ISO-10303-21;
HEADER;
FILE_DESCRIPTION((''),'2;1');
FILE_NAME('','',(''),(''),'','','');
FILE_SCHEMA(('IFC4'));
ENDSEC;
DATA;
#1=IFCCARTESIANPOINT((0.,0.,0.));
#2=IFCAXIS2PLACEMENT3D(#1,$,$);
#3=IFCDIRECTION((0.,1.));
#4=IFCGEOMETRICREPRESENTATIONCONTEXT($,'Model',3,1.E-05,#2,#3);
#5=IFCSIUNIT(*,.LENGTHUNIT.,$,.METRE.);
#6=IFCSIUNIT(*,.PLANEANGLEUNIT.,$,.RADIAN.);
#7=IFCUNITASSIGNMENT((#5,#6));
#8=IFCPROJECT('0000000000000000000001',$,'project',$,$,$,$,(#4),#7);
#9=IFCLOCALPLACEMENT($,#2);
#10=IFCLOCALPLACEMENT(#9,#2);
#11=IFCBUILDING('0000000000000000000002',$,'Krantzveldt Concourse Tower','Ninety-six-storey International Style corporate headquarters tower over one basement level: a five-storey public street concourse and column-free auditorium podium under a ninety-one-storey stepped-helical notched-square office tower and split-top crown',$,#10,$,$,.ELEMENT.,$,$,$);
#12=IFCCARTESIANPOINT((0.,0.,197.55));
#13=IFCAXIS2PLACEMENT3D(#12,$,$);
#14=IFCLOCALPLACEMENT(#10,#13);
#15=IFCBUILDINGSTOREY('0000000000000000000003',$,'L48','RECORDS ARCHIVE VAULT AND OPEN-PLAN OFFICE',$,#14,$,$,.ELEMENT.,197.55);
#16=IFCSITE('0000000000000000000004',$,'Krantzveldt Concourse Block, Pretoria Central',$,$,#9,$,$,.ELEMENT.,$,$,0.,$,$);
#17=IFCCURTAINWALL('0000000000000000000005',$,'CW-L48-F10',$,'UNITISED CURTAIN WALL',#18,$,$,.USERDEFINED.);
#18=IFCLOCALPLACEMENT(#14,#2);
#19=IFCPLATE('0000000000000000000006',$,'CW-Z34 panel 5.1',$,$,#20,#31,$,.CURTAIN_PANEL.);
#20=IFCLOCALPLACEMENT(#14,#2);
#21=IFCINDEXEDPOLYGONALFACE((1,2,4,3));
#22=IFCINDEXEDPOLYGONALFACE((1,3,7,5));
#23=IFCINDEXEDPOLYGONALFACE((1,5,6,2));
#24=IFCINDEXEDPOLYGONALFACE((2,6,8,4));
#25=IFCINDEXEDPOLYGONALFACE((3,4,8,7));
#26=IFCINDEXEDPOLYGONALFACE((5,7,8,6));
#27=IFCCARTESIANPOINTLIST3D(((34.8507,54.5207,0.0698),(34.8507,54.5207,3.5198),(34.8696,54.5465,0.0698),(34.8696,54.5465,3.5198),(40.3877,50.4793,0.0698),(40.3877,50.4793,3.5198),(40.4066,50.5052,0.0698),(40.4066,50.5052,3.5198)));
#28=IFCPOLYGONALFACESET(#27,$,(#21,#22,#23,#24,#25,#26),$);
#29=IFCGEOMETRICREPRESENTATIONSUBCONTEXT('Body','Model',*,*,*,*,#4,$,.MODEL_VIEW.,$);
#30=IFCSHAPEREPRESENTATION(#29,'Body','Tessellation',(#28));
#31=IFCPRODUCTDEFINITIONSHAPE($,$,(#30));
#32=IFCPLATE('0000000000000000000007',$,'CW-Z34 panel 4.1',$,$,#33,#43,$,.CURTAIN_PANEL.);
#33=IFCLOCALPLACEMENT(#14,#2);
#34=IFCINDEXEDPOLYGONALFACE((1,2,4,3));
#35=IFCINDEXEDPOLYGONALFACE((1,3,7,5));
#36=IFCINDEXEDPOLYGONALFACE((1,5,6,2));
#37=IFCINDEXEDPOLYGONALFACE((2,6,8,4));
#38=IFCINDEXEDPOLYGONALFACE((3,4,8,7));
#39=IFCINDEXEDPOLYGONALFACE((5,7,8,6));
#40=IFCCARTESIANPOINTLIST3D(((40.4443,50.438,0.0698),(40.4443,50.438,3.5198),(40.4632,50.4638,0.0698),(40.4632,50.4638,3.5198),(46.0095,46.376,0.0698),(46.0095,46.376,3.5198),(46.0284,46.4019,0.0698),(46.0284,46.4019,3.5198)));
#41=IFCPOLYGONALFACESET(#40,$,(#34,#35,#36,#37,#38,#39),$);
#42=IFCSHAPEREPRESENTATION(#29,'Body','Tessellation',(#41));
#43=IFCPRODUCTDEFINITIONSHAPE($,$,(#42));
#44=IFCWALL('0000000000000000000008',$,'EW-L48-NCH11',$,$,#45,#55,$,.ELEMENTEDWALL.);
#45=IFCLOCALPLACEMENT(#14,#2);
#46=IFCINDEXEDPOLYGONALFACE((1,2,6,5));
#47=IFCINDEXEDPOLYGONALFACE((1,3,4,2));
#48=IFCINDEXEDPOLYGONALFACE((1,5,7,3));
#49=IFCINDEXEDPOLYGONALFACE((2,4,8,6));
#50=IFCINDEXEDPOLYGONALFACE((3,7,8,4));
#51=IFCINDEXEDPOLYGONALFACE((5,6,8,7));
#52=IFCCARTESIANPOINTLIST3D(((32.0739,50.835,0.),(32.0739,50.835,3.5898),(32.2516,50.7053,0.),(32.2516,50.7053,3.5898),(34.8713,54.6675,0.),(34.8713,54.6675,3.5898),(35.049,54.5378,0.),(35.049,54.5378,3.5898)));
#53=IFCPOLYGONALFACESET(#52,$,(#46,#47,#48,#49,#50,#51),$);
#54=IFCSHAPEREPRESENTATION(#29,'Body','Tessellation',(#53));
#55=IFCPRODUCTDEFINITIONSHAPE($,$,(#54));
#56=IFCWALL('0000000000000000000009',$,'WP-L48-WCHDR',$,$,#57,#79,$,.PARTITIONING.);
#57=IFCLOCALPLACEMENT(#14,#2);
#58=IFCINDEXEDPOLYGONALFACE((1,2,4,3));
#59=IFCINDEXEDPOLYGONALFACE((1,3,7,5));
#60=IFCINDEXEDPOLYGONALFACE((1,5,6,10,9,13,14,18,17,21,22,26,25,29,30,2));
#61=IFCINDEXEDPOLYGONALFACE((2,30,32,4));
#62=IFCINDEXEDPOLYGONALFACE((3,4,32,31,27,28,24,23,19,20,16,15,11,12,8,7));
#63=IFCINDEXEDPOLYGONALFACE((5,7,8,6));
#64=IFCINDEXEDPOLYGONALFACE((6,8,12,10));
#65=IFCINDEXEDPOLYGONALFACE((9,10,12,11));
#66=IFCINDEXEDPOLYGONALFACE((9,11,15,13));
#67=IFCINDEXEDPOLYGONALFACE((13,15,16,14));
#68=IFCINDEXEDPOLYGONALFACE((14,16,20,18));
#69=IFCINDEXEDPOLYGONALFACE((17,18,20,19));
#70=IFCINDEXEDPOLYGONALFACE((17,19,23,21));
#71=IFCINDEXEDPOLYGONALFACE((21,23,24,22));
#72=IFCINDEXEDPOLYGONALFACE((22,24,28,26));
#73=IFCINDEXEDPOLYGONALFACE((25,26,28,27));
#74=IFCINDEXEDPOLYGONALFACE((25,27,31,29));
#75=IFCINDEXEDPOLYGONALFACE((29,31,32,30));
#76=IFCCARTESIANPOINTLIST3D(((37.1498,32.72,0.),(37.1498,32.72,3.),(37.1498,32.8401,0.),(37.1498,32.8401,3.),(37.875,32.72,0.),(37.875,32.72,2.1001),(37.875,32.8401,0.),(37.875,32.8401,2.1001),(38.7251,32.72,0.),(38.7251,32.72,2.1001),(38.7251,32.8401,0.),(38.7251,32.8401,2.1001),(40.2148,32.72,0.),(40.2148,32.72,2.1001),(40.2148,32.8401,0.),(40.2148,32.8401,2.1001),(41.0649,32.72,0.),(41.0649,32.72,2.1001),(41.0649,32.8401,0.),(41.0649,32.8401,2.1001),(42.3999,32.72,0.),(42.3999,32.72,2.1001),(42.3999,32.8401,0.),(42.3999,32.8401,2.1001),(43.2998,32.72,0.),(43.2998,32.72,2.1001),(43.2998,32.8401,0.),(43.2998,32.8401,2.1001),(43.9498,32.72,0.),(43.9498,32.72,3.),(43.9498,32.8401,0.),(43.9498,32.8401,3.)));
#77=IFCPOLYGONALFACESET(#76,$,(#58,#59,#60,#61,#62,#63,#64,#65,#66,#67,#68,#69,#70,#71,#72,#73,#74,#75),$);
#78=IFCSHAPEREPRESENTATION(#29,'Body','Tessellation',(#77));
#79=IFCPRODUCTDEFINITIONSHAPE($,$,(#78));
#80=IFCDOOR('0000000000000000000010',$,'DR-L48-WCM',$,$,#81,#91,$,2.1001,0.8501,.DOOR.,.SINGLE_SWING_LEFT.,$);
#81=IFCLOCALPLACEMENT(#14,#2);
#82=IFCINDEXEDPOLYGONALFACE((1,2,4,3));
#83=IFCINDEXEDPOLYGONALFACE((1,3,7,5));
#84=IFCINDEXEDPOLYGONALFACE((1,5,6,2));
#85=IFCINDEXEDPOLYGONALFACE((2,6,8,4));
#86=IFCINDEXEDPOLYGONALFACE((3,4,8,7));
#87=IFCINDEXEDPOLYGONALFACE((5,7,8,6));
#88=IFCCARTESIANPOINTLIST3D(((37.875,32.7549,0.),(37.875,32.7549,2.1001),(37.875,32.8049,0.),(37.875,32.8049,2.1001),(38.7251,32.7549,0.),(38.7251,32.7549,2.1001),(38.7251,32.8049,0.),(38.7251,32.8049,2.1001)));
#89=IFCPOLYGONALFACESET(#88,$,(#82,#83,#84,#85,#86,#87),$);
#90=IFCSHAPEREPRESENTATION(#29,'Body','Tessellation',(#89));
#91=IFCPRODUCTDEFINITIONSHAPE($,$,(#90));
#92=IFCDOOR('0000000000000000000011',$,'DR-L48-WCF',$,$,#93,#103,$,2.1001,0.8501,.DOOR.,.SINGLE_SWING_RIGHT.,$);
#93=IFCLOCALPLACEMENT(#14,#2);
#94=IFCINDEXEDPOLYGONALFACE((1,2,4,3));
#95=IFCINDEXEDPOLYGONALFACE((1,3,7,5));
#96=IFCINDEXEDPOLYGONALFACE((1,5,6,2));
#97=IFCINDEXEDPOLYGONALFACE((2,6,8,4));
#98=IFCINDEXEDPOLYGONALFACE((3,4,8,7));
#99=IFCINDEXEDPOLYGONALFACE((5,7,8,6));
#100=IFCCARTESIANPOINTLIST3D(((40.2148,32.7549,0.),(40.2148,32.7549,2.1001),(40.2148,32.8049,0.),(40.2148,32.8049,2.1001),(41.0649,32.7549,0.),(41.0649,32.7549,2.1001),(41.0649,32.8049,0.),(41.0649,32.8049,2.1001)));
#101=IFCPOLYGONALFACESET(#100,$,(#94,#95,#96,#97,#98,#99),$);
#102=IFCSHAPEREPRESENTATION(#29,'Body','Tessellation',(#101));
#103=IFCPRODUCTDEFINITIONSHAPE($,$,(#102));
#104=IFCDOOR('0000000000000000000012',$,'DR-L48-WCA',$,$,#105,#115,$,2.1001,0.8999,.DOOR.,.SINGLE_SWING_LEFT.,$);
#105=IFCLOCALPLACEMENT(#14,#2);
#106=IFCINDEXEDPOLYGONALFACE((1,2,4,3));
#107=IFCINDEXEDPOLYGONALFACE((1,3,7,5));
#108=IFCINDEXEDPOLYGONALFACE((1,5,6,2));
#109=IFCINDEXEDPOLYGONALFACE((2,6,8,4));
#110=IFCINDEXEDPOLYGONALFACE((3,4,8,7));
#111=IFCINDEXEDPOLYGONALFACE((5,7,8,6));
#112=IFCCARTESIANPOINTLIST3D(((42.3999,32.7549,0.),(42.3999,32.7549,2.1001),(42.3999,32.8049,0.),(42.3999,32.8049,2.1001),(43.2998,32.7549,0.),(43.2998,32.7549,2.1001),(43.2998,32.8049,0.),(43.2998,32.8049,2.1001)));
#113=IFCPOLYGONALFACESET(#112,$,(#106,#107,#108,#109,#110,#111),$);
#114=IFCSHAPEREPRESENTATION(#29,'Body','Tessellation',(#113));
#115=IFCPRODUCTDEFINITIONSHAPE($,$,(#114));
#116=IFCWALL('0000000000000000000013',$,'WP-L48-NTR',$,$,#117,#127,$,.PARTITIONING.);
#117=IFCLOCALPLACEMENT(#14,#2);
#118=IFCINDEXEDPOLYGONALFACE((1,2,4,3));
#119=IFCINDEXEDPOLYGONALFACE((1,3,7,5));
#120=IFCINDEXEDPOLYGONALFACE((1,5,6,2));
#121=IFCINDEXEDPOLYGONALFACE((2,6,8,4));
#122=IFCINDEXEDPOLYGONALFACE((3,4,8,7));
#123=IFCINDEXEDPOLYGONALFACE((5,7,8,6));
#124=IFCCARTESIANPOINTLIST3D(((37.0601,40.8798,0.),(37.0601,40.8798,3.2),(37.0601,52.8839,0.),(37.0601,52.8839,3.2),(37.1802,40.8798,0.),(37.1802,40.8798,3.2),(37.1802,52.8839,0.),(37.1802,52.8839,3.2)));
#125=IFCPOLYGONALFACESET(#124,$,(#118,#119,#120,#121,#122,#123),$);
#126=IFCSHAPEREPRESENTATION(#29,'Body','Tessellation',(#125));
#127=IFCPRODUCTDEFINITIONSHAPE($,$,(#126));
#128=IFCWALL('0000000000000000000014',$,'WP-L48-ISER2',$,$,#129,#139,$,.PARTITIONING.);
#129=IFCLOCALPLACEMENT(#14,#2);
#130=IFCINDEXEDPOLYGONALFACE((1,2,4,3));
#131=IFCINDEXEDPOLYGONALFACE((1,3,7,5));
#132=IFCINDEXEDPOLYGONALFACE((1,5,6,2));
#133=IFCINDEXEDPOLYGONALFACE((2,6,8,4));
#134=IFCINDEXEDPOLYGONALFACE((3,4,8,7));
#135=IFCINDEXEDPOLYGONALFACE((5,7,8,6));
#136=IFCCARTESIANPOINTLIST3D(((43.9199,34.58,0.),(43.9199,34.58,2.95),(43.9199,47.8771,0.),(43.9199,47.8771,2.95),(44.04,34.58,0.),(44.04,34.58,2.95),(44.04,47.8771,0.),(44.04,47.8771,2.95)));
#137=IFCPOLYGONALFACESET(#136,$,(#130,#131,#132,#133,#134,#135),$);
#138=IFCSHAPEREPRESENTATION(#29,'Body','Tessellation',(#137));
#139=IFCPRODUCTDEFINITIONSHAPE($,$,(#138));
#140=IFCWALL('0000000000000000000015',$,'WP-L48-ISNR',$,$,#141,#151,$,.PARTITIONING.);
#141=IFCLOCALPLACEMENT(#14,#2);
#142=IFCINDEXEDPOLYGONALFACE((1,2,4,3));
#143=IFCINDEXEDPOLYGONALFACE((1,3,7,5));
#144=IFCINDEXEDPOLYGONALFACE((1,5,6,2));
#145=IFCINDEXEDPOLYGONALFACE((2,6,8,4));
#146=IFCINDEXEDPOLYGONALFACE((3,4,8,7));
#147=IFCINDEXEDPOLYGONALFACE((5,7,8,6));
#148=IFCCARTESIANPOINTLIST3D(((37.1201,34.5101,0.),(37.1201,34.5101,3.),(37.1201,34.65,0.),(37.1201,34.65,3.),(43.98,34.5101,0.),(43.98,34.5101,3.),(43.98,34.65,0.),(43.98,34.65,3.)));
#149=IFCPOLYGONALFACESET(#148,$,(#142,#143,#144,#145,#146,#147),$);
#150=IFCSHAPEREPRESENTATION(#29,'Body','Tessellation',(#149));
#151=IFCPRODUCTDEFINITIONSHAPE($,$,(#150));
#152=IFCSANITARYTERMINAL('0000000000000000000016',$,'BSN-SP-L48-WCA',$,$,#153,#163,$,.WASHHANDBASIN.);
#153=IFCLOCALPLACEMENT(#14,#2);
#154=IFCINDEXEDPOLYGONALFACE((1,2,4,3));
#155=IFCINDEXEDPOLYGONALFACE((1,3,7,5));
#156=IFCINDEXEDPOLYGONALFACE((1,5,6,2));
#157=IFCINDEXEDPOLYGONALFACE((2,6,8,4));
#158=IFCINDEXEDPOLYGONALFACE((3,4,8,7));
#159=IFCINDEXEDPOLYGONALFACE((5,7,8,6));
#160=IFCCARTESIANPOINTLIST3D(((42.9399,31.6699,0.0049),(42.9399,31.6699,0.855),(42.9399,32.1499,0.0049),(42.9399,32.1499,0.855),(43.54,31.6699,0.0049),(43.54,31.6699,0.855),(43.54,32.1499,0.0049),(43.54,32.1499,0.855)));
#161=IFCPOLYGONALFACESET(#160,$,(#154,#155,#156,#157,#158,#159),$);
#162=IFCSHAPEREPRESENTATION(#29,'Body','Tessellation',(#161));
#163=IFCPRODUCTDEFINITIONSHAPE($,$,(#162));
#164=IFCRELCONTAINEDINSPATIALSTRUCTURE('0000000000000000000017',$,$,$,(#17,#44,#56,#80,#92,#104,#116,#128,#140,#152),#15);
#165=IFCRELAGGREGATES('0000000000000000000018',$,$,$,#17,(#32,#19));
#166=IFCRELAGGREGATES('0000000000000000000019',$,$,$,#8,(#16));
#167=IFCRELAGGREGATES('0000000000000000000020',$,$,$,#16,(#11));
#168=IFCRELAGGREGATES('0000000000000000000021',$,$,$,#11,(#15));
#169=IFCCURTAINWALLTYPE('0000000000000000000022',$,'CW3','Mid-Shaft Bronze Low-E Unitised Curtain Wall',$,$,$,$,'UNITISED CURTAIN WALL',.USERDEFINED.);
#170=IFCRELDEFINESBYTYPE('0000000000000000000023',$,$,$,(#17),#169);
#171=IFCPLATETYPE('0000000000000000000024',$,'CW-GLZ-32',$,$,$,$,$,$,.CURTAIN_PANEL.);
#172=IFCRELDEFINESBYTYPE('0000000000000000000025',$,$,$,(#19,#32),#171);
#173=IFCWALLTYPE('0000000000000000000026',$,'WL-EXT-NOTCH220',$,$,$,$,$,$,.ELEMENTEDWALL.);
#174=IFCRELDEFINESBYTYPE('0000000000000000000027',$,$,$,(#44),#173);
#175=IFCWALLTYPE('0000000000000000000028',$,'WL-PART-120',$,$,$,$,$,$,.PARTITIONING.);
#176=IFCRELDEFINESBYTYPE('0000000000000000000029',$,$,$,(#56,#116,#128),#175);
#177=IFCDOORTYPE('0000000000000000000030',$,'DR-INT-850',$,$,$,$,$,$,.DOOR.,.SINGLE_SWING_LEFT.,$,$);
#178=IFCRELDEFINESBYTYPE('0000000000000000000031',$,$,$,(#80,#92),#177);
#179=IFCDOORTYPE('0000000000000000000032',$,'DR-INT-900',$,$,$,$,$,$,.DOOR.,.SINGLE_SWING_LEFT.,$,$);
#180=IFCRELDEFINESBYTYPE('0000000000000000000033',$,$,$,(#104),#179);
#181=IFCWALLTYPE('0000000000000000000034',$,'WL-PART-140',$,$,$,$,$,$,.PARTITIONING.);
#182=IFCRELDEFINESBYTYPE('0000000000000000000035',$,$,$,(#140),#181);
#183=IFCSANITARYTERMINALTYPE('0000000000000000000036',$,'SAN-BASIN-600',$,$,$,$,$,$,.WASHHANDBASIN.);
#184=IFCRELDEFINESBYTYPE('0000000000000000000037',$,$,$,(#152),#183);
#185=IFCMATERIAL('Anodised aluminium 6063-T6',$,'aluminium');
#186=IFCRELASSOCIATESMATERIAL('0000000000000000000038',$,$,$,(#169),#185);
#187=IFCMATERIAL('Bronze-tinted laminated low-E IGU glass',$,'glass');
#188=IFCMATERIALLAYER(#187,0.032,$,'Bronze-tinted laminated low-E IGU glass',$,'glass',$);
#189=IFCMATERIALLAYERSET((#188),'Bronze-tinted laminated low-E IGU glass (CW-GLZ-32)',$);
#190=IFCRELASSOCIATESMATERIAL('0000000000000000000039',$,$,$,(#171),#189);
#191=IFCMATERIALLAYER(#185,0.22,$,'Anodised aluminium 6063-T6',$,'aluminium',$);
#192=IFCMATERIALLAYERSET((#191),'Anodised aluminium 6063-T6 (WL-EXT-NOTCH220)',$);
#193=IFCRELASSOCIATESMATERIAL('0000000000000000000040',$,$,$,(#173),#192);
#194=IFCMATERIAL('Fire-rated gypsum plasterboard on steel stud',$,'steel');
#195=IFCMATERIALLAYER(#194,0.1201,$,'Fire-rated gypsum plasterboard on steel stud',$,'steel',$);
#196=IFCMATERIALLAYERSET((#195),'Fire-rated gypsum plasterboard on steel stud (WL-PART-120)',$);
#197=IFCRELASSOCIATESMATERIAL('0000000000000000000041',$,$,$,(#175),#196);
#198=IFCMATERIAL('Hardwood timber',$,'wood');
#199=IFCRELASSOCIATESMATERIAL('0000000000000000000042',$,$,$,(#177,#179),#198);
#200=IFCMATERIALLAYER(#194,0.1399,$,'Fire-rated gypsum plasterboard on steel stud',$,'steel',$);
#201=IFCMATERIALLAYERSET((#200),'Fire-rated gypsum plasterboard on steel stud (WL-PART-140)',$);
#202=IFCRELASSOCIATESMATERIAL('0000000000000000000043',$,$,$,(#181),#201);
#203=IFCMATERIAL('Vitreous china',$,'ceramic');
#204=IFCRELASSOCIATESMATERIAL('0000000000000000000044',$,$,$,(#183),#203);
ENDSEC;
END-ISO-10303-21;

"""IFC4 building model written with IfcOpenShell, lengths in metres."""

from ifc_helpers import new_model, si_unit, direction, frame, frame_2d, origin, origin_2d, place, context, subcontext, project, spatial, rectangle, extrude, source, transform, mapped, material, layer, layer_set, type_object, type_shapes, element, fill, aggregate, save


model = new_model("IFC4")

# Units and contexts
model_context = context("Model", 3, precision=1e-05, world=origin(), true_north=direction((0.0, 1.0)))
body_context = subcontext(model_context, "Body", "Model", "MODEL_VIEW")
ifc_project = project(units=[si_unit("LENGTHUNIT", "METRE"), si_unit("PLANEANGLEUNIT", "RADIAN")], contexts=[model_context])

# Site, building, storey
site_placement = place(None, origin())
site = spatial("IfcSite", under=ifc_project, at=site_placement, Name="Krantzveldt Concourse Block, Pretoria Central", CompositionType="ELEMENT", RefElevation=0.0)
building_placement = place(site_placement, origin())
building = spatial("IfcBuilding", under=site, at=building_placement, Name="Krantzveldt Concourse Tower", Description="Ninety-six-storey International Style corporate headquarters tower over one basement level: a five-storey public street concourse and column-free auditorium podium under a ninety-one-storey stepped-helical notched-square office tower and split-top crown", CompositionType="ELEMENT")
storey_placement = place(building_placement, frame((0.0, 0.0, 197.55)))
storey = spatial("IfcBuildingStorey", under=building, at=storey_placement, Name="L48", Description="RECORDS ARCHIVE VAULT AND OPEN-PLAN OFFICE", CompositionType="ELEMENT", Elevation=197.55)

# Curtain wall, plates
ifc_material_1 = material(Name="Anodised aluminium 6063-T6", Category="aluminium")
curtain_wall_type = type_object("IfcCurtainWallType", Name="CW3", Description="Mid-Shaft Bronze Low-E Unitised Curtain Wall", ElementType="UNITISED CURTAIN WALL", PredefinedType="USERDEFINED", material=ifc_material_1)
curtain_wall_placement = place(storey_placement, origin())
curtain_wall = element("IfcCurtainWall", 1, at=curtain_wall_placement, inside=storey, type_object=curtain_wall_type, Name="CW-L48-F10", ObjectType="UNITISED CURTAIN WALL", PredefinedType="USERDEFINED")
ifc_material_2 = material(Name="Bronze-tinted laminated low-E IGU glass", Category="glass")
ifc_layer_1 = layer(ifc_material_2, 0.032, Name="Bronze-tinted laminated low-E IGU glass", Category="glass")
ifc_layer_set_1 = layer_set([ifc_layer_1], Name="Bronze-tinted laminated low-E IGU glass (CW-GLZ-32)")
plate_type = type_object("IfcPlateType", Name="CW-GLZ-32", PredefinedType="CURTAIN_PANEL", material=ifc_layer_set_1)
shared_shape_1 = source(origin(), body_context, "Body", "SweptSolid", [
    extrude(rectangle(XDim=6.855, YDim=0.032, at=origin_2d()), origin(), (0.0, 0.0, 1.0), 3.45),
])
plate_1_placement = place(storey_placement, frame((37.6287, 52.5129, 0.0698), z_axis=(0.0, 0.0, 1.0), x_axis=(-0.807733, 0.589549, 0.0)))
plate_1 = element("IfcPlate", 2, at=plate_1_placement, type_object=plate_type, Name="CW-Z34 panel 5.1", PredefinedType="CURTAIN_PANEL", context=body_context, shape_type="MappedRepresentation", body=[
    mapped(shared_shape_1, transform((0.0, 0.0, 0.0), x_axis=(1.0, 0.0, 0.0), y_axis=(0.0, 1.0, 0.0), z_axis=(0.0, 0.0, 1.0), scale=1.0)),
])
shared_shape_2 = source(origin(), body_context, "Body", "SweptSolid", [
    extrude(rectangle(XDim=6.8899, YDim=0.032, at=origin_2d()), origin(), (0.0, 0.0, 1.0), 3.45),
])
type_shapes(plate_type, [shared_shape_1, shared_shape_2])
plate_2_placement = place(storey_placement, frame((43.2363, 48.4199, 0.0698), z_axis=(0.0, 0.0, 1.0), x_axis=(-0.807733, 0.589549, 0.0)))
plate_2 = element("IfcPlate", 3, at=plate_2_placement, type_object=plate_type, Name="CW-Z34 panel 4.1", PredefinedType="CURTAIN_PANEL", context=body_context, shape_type="MappedRepresentation", body=[
    mapped(shared_shape_2, transform((0.0, 0.0, 0.0), x_axis=(1.0, 0.0, 0.0), y_axis=(0.0, 1.0, 0.0), z_axis=(0.0, 0.0, 1.0), scale=1.0)),
])
aggregate(curtain_wall, [plate_2, plate_1])

# Wall
ifc_layer_2 = layer(ifc_material_1, 0.22, Name="Anodised aluminium 6063-T6", Category="aluminium")
ifc_layer_set_2 = layer_set([ifc_layer_2], Name="Anodised aluminium 6063-T6 (WL-EXT-NOTCH220)")
wall_type_1 = type_object("IfcWallType", Name="WL-EXT-NOTCH220", PredefinedType="ELEMENTEDWALL", material=ifc_layer_set_2)
wall_1_placement = place(storey_placement, frame((34.9602, 54.6028, 0.0), z_axis=(0.0, 0.0, 1.0), x_axis=(-0.58956, -0.807725, 0.0)))
element("IfcWall", 4, at=wall_1_placement, inside=storey, type_object=wall_type_1, Name="EW-L48-NCH11", PredefinedType="ELEMENTEDWALL", context=body_context, shape_type="SweptSolid", body=[
    extrude(rectangle(XDim=4.7449, YDim=0.22, at=frame_2d((2.3726, 0.0))), origin(), (0.0, 0.0, 1.0), 3.5898),
])

# Wall, openings, doors
ifc_material_3 = material(Name="Fire-rated gypsum plasterboard on steel stud", Category="steel")
ifc_layer_3 = layer(ifc_material_3, 0.1201, Name="Fire-rated gypsum plasterboard on steel stud", Category="steel")
ifc_layer_set_3 = layer_set([ifc_layer_3], Name="Fire-rated gypsum plasterboard on steel stud (WL-PART-120)")
wall_type_2 = type_object("IfcWallType", Name="WL-PART-120", PredefinedType="PARTITIONING", material=ifc_layer_set_3)
wall_2_placement = place(storey_placement, frame((37.1499, 32.78, 0.0), z_axis=(0.0, 0.0, 1.0), x_axis=(1.0, 0.0, 0.0)))
wall_2 = element("IfcWall", 5, at=wall_2_placement, inside=storey, type_object=wall_type_2, Name="WP-L48-WCHDR", PredefinedType="PARTITIONING", context=body_context, shape_type="SweptSolid", body=[
    extrude(rectangle(XDim=6.8, YDim=0.1201, at=frame_2d((3.3999, 0.0))), origin(), (0.0, 0.0, 1.0), 3.0),
])
opening_1_placement = place(wall_2_placement, frame((0.7251, 0.0, 0.0)))
opening_1 = element("IfcOpeningElement", 6, at=opening_1_placement, cuts=wall_2, PredefinedType="OPENING", context=body_context, shape_type="SweptSolid", body=[
    extrude(rectangle(XDim=0.8501, YDim=2.1001, at=frame_2d((0.425, 1.05))), frame((0.0, 0.0701, 0.0), z_axis=(0.0, -1.0, 0.0), x_axis=(1.0, 0.0, 0.0)), (0.0, 0.0, 1.0), 0.1401),
])
opening_2_placement = place(wall_2_placement, frame((3.0649, 0.0, 0.0)))
opening_2 = element("IfcOpeningElement", 7, at=opening_2_placement, cuts=wall_2, PredefinedType="OPENING", context=body_context, shape_type="SweptSolid", body=[
    extrude(rectangle(XDim=0.8501, YDim=2.1001, at=frame_2d((0.425, 1.05))), frame((0.0, 0.0701, 0.0), z_axis=(0.0, -1.0, 0.0), x_axis=(1.0, 0.0, 0.0)), (0.0, 0.0, 1.0), 0.1401),
])
opening_3_placement = place(wall_2_placement, frame((5.25, 0.0, 0.0)))
opening_3 = element("IfcOpeningElement", 8, at=opening_3_placement, cuts=wall_2, PredefinedType="OPENING", context=body_context, shape_type="SweptSolid", body=[
    extrude(rectangle(XDim=0.8999, YDim=2.1001, at=frame_2d((0.45, 1.05))), frame((0.0, 0.0701, 0.0), z_axis=(0.0, -1.0, 0.0), x_axis=(1.0, 0.0, 0.0)), (0.0, 0.0, 1.0), 0.1401),
])
ifc_material_4 = material(Name="Hardwood timber", Category="wood")
door_type_1 = type_object("IfcDoorType", Name="DR-INT-850", OperationType="SINGLE_SWING_LEFT", PredefinedType="DOOR", material=ifc_material_4)
door_1_placement = place(opening_1_placement, origin())
door_1 = element("IfcDoor", 9, at=door_1_placement, inside=storey, type_object=door_type_1, Name="DR-L48-WCM", OperationType="SINGLE_SWING_LEFT", OverallHeight=2.1001, OverallWidth=0.8501, PredefinedType="DOOR", context=body_context, shape_type="SweptSolid", body=[
    extrude(rectangle(XDim=0.8501, YDim=2.1001, at=frame_2d((0.425, 1.05))), frame((0.0, 0.0249, 0.0), z_axis=(0.0, -1.0, 0.0), x_axis=(1.0, 0.0, 0.0)), (0.0, 0.0, 1.0), 0.05),
])
fill(opening_1, door_1)
door_2_placement = place(opening_2_placement, origin())
door_2 = element("IfcDoor", 10, at=door_2_placement, inside=storey, type_object=door_type_1, Name="DR-L48-WCF", OperationType="SINGLE_SWING_RIGHT", OverallHeight=2.1001, OverallWidth=0.8501, PredefinedType="DOOR", context=body_context, shape_type="SweptSolid", body=[
    extrude(rectangle(XDim=0.8501, YDim=2.1001, at=frame_2d((0.425, 1.05))), frame((0.0, 0.0249, 0.0), z_axis=(0.0, -1.0, 0.0), x_axis=(1.0, 0.0, 0.0)), (0.0, 0.0, 1.0), 0.05),
])
fill(opening_2, door_2)
door_type_2 = type_object("IfcDoorType", Name="DR-INT-900", OperationType="SINGLE_SWING_LEFT", PredefinedType="DOOR", material=ifc_material_4)
door_3_placement = place(opening_3_placement, origin())
door_3 = element("IfcDoor", 11, at=door_3_placement, inside=storey, type_object=door_type_2, Name="DR-L48-WCA", OperationType="SINGLE_SWING_LEFT", OverallHeight=2.1001, OverallWidth=0.8999, PredefinedType="DOOR", context=body_context, shape_type="SweptSolid", body=[
    extrude(rectangle(XDim=0.8999, YDim=2.1001, at=frame_2d((0.45, 1.05))), frame((0.0, 0.0249, 0.0), z_axis=(0.0, -1.0, 0.0), x_axis=(1.0, 0.0, 0.0)), (0.0, 0.0, 1.0), 0.05),
])
fill(opening_3, door_3)

# Walls
wall_3_placement = place(storey_placement, frame((37.1201, 40.8799, 0.0), z_axis=(0.0, 0.0, 1.0), x_axis=(0.0, 1.0, 0.0)))
element("IfcWall", 12, at=wall_3_placement, inside=storey, type_object=wall_type_2, Name="WP-L48-NTR", PredefinedType="PARTITIONING", context=body_context, shape_type="SweptSolid", body=[
    extrude(rectangle(XDim=12.0042, YDim=0.1201, at=frame_2d((6.002, 0.0))), origin(), (0.0, 0.0, 1.0), 3.2),
])
wall_4_placement = place(storey_placement, frame((43.98, 34.5801, 0.0), z_axis=(0.0, 0.0, 1.0), x_axis=(0.0, 1.0, 0.0)))
element("IfcWall", 13, at=wall_4_placement, inside=storey, type_object=wall_type_2, Name="WP-L48-ISER2", PredefinedType="PARTITIONING", context=body_context, shape_type="SweptSolid", body=[
    extrude(rectangle(XDim=13.2971, YDim=0.1201, at=frame_2d((6.6484, 0.0))), origin(), (0.0, 0.0, 1.0), 2.95),
])
ifc_layer_4 = layer(ifc_material_3, 0.1399, Name="Fire-rated gypsum plasterboard on steel stud", Category="steel")
ifc_layer_set_4 = layer_set([ifc_layer_4], Name="Fire-rated gypsum plasterboard on steel stud (WL-PART-140)")
wall_type_3 = type_object("IfcWallType", Name="WL-PART-140", PredefinedType="PARTITIONING", material=ifc_layer_set_4)
wall_5_placement = place(storey_placement, frame((37.1201, 34.5801, 0.0), z_axis=(0.0, 0.0, 1.0), x_axis=(1.0, 0.0, 0.0)))
element("IfcWall", 14, at=wall_5_placement, inside=storey, type_object=wall_type_3, Name="WP-L48-ISNR", PredefinedType="PARTITIONING", context=body_context, shape_type="SweptSolid", body=[
    extrude(rectangle(XDim=6.8599, YDim=0.1399, at=frame_2d((3.4299, 0.0))), origin(), (0.0, 0.0, 1.0), 3.0),
])

# Sanitary terminal
ifc_material_5 = material(Name="Vitreous china", Category="ceramic")
sanitary_terminal_type = type_object("IfcSanitaryTerminalType", Name="SAN-BASIN-600", PredefinedType="WASHHANDBASIN", material=ifc_material_5)
shared_shape_3 = source(origin(), body_context, "Body", "SweptSolid", [
    extrude(rectangle(XDim=0.6001, YDim=0.48, at=origin_2d()), origin(), (0.0, 0.0, 1.0), 0.8501),
])
type_shapes(sanitary_terminal_type, [shared_shape_3])
sanitary_terminal_placement = place(storey_placement, frame((43.24, 31.9099, 0.0049), z_axis=(0.0, 0.0, 1.0), x_axis=(1.0, 0.0, 0.0)))
element("IfcSanitaryTerminal", 15, at=sanitary_terminal_placement, inside=storey, type_object=sanitary_terminal_type, Name="BSN-SP-L48-WCA", PredefinedType="WASHHANDBASIN", context=body_context, shape_type="MappedRepresentation", body=[
    mapped(shared_shape_3, transform((0.0, 0.0, 0.0), x_axis=(1.0, 0.0, 0.0), y_axis=(0.0, 1.0, 0.0), z_axis=(0.0, 0.0, 1.0), scale=1.0)),
])

save(model, "model.ifc")
